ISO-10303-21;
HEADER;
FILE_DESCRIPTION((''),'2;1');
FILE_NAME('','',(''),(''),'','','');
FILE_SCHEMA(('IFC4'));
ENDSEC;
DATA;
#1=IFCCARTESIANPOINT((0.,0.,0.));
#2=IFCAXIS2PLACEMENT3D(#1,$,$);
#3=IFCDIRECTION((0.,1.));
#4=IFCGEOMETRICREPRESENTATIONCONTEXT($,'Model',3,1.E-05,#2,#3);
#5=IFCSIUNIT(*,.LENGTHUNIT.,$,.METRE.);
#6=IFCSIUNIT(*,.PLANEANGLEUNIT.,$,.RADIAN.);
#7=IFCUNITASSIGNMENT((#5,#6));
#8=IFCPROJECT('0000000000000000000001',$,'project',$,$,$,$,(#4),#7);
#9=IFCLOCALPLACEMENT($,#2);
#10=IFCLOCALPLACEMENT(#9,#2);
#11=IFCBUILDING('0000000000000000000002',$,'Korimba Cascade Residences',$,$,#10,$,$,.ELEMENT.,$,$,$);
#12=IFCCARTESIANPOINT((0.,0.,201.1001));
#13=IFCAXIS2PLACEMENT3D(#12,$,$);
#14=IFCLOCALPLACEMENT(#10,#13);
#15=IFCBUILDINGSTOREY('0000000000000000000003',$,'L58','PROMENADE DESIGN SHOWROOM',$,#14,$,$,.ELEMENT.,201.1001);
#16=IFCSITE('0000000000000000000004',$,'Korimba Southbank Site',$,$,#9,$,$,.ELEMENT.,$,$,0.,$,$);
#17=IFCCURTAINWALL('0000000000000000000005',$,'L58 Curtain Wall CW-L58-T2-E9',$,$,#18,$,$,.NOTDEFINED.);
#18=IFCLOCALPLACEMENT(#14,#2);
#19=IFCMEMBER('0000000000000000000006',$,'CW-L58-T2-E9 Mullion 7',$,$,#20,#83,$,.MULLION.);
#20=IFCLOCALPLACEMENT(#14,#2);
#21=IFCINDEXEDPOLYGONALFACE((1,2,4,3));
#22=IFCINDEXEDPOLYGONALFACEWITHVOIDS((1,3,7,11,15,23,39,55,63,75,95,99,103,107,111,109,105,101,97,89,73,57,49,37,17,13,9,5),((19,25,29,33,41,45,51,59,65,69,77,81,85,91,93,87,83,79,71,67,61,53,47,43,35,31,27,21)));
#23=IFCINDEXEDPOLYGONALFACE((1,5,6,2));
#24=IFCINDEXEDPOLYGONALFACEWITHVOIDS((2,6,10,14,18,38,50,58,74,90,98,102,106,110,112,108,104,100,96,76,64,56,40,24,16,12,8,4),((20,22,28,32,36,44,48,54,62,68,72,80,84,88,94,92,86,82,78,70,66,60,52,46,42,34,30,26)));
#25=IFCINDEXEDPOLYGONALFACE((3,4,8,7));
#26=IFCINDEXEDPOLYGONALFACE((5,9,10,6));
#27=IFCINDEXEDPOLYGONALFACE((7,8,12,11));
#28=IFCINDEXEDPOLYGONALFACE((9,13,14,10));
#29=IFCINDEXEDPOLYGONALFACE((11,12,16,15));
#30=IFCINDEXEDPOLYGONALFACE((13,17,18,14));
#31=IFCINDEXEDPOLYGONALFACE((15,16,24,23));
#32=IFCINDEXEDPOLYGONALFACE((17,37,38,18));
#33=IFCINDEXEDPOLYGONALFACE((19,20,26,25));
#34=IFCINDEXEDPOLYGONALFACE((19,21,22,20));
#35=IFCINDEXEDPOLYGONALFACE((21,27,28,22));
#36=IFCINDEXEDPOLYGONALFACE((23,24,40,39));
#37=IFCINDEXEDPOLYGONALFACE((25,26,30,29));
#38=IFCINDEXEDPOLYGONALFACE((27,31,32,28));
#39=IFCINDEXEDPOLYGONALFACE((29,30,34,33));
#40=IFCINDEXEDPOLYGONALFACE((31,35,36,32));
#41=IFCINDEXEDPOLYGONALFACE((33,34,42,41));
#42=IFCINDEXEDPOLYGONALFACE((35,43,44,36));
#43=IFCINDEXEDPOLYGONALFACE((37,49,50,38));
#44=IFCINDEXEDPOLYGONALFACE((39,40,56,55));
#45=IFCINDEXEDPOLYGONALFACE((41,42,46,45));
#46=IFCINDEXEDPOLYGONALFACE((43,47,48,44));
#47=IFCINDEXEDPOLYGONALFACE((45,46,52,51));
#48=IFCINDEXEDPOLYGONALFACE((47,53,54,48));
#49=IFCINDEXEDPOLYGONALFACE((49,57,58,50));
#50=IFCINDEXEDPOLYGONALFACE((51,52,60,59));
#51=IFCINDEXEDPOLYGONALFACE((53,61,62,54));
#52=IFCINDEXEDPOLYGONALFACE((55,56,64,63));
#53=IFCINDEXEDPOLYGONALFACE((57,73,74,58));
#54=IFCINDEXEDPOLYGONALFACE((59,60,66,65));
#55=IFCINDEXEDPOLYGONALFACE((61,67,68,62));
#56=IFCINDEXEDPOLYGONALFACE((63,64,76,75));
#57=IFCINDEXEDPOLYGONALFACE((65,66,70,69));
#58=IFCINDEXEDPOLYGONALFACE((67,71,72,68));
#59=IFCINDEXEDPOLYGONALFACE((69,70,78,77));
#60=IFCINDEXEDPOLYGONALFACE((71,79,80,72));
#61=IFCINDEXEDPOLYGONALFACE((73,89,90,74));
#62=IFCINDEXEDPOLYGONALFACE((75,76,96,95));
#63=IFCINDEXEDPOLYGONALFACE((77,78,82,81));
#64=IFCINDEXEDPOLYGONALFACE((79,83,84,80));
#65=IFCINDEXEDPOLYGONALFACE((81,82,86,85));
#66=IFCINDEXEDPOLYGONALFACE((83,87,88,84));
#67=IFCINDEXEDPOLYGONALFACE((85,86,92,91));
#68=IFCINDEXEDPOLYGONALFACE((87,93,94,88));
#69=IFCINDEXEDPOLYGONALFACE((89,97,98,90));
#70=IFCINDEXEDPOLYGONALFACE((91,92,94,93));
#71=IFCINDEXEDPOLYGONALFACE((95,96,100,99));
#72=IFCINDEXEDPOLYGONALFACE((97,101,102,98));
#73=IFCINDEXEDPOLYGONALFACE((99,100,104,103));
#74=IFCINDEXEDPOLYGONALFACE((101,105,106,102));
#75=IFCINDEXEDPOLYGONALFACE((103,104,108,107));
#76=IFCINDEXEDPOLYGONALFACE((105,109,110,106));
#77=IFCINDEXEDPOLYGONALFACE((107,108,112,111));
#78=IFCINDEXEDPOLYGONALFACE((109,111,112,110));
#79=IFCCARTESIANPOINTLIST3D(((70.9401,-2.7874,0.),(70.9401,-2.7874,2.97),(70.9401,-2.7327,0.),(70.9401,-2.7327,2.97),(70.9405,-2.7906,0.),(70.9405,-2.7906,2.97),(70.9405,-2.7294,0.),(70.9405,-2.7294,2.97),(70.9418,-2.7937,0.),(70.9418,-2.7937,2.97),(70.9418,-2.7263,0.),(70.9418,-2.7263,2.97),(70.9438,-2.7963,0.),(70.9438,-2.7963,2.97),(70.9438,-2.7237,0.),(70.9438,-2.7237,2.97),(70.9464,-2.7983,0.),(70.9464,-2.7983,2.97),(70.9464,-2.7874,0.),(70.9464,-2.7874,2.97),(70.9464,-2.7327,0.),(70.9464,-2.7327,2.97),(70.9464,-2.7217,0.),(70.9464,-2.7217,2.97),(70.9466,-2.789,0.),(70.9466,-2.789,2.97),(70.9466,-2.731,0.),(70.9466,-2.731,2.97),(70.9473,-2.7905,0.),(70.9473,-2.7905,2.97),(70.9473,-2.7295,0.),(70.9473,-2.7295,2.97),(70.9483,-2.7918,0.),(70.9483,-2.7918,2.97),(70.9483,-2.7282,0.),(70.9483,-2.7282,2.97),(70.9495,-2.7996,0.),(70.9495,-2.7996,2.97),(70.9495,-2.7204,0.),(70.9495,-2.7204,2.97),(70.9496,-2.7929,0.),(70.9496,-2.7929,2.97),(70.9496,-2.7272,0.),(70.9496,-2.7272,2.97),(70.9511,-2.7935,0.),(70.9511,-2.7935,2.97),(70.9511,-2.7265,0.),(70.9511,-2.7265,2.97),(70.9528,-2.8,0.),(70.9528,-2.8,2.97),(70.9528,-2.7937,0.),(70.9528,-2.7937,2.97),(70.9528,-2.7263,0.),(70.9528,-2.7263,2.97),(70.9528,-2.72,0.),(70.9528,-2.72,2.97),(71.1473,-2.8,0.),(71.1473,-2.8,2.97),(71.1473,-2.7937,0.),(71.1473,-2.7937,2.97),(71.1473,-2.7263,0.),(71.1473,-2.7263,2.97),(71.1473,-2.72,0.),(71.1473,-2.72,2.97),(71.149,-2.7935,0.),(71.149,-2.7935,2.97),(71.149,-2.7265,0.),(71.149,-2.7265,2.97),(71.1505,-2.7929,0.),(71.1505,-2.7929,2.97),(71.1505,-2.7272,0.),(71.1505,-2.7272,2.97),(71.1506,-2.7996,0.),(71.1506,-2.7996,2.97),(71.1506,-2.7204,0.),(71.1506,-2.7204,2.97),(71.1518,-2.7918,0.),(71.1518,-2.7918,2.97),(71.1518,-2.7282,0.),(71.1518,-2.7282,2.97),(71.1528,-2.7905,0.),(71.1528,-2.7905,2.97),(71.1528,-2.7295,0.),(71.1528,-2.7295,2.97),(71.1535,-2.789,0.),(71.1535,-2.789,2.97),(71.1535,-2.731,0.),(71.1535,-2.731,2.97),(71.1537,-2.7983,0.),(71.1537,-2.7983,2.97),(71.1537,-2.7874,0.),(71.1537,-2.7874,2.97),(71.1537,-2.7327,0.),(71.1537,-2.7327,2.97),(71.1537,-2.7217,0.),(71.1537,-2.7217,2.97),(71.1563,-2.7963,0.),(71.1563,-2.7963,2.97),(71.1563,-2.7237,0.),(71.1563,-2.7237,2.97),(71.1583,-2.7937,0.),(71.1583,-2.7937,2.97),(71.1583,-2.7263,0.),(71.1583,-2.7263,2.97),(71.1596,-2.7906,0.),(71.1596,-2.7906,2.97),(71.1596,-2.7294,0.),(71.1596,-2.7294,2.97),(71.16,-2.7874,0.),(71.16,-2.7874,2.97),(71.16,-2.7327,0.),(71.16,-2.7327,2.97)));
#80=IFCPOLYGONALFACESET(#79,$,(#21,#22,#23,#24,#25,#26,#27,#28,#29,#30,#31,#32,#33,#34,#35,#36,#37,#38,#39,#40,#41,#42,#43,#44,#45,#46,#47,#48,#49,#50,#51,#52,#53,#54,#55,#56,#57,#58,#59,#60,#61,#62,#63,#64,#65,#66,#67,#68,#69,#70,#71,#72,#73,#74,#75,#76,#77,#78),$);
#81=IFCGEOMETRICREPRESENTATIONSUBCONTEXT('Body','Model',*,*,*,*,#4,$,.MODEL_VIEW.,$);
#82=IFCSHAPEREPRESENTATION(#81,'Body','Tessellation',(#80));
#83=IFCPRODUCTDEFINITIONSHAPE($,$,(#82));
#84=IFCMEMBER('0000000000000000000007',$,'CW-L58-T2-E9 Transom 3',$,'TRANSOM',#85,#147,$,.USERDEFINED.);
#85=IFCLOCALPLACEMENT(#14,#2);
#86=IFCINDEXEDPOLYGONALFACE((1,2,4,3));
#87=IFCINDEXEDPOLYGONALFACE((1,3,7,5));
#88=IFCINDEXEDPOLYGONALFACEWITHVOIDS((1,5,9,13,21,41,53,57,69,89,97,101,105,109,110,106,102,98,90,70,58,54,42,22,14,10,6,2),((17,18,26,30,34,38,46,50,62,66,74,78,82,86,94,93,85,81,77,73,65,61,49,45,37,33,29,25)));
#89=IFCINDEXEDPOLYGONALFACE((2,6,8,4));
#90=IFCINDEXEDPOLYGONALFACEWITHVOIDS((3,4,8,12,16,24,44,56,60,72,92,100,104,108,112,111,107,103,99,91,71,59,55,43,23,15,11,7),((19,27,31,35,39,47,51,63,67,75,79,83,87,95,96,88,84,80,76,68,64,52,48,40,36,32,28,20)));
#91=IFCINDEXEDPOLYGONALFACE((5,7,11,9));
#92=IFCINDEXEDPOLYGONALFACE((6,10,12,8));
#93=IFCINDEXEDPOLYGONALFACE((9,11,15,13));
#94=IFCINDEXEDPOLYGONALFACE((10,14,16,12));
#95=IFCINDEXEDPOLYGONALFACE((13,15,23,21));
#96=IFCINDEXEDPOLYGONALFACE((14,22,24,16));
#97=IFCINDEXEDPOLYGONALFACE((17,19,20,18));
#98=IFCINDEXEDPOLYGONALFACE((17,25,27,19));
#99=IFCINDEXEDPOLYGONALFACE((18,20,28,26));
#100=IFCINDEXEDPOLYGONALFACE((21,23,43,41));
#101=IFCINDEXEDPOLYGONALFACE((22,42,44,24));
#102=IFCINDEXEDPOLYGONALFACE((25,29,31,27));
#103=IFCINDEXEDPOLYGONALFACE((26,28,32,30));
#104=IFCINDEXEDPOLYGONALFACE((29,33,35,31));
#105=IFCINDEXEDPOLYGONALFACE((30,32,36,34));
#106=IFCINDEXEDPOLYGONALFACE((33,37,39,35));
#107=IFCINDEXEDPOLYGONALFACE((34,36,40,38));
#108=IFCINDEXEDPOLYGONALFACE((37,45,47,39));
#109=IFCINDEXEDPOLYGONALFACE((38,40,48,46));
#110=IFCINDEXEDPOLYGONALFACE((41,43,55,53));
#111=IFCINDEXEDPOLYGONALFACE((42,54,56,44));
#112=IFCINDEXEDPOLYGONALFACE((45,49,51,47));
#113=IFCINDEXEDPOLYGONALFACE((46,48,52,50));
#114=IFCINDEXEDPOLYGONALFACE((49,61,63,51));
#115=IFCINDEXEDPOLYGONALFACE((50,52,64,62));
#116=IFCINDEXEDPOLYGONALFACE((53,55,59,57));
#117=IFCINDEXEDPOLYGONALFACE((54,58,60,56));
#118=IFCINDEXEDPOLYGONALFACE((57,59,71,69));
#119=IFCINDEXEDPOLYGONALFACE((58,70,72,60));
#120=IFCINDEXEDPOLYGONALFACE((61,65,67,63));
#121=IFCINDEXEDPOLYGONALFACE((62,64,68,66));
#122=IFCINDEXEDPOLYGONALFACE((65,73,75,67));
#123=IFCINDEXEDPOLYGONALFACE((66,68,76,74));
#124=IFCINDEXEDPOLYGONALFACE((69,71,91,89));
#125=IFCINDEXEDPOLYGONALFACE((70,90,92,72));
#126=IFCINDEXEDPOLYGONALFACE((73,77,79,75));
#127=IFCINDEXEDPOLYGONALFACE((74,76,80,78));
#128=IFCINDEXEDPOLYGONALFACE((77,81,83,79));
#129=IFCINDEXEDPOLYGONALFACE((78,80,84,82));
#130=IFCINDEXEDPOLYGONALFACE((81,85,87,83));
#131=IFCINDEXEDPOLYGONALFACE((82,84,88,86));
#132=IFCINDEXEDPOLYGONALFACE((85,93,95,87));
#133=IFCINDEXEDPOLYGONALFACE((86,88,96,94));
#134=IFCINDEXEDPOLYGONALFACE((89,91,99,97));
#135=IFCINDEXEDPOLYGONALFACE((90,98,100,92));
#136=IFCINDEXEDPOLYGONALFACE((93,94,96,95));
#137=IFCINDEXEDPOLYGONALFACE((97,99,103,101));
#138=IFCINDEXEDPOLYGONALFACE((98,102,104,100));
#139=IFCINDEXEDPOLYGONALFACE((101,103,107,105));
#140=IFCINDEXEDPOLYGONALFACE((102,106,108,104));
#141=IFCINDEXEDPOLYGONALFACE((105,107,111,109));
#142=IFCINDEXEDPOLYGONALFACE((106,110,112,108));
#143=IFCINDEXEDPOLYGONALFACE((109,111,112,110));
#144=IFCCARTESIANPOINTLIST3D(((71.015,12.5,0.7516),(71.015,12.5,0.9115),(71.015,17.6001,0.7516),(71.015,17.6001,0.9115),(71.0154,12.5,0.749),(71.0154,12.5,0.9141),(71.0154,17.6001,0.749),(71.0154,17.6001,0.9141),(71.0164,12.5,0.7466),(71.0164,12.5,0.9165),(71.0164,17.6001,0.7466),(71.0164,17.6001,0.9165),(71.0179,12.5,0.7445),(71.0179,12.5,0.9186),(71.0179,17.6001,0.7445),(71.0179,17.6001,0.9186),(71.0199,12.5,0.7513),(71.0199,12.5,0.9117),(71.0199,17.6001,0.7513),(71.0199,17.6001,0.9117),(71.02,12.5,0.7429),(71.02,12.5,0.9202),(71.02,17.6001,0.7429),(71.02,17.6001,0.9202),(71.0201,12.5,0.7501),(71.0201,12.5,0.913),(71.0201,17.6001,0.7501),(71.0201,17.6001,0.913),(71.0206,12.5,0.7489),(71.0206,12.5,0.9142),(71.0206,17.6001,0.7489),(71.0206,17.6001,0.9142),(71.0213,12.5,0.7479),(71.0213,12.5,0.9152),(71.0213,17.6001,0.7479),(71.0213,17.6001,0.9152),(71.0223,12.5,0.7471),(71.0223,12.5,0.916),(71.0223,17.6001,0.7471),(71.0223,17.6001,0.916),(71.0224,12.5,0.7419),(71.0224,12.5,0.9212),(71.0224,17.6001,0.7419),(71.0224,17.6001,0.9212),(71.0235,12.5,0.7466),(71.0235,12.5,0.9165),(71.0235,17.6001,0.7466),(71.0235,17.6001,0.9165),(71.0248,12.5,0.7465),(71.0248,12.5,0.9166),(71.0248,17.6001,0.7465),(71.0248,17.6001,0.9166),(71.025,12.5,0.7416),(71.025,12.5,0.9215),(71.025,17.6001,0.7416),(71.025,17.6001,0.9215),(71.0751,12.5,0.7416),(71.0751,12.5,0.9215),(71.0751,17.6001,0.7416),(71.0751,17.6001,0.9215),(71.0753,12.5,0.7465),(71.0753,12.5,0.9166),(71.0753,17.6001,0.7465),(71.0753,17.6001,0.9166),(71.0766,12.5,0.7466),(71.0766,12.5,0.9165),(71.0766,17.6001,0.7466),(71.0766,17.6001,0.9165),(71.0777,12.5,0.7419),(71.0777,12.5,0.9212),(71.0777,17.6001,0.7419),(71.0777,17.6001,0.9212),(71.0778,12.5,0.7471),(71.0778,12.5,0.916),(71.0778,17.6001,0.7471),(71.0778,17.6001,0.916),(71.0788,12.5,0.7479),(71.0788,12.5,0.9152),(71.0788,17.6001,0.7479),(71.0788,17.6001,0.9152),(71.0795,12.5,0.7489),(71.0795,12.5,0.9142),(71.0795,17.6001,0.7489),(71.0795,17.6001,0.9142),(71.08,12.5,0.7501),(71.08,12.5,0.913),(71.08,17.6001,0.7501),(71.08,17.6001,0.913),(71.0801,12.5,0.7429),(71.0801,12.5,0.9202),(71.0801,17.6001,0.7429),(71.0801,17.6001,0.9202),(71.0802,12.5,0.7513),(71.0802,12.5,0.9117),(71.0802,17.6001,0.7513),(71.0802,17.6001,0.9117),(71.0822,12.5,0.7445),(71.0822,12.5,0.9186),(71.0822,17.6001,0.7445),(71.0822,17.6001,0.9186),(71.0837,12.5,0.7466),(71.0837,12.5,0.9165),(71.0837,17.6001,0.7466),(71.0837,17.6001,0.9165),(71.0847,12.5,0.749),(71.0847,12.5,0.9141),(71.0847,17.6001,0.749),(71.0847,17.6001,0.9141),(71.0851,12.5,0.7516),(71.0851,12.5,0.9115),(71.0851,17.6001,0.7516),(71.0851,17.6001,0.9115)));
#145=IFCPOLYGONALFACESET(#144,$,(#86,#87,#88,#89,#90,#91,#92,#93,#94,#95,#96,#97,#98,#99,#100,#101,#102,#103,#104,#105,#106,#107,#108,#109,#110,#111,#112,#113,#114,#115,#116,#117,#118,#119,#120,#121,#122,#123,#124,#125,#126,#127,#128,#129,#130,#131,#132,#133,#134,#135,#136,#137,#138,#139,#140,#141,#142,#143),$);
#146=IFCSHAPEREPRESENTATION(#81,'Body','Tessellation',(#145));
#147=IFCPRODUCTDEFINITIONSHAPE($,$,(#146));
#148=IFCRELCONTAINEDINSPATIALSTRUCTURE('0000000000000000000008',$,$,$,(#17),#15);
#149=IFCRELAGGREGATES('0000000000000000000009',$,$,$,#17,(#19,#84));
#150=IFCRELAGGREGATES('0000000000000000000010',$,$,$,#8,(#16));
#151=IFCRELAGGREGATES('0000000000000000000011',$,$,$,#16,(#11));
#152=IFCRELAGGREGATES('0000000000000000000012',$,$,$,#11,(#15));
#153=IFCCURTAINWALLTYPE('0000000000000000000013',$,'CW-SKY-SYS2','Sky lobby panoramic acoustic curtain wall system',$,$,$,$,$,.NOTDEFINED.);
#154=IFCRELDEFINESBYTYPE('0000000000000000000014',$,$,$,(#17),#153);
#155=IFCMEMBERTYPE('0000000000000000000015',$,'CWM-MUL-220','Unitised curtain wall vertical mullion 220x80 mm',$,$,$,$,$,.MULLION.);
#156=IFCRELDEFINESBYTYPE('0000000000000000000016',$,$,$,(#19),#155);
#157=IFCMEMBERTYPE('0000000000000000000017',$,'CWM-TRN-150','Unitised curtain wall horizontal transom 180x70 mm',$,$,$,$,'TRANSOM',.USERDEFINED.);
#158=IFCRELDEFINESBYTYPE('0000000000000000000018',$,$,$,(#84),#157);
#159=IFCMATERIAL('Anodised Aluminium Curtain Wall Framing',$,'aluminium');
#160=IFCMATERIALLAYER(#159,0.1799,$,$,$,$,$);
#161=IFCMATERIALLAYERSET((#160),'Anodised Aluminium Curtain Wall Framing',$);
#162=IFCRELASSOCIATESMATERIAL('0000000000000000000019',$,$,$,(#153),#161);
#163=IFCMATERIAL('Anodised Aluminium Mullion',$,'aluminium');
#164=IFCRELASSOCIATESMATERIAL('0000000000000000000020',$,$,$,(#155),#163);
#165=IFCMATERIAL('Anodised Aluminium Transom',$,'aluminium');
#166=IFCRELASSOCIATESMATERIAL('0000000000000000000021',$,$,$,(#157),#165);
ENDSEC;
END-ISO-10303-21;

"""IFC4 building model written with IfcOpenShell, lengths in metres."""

from ifc_helpers import new_model, si_unit, direction, frame, origin, origin_2d, place, context, subcontext, project, spatial, hollow_rectangle, extrude, material, layer, layer_set, material_profile, profile_set, type_object, element, aggregate, save


model = new_model("IFC4")

# Units and contexts
model_context = context("Model", 3, precision=1e-05, world=origin(), true_north=direction((0.0, 1.0)))
body_context = subcontext(model_context, "Body", "Model", "MODEL_VIEW")
ifc_project = project(units=[si_unit("LENGTHUNIT", "METRE"), si_unit("PLANEANGLEUNIT", "RADIAN")], contexts=[model_context])

# Site, building, storey
site_placement = place(None, origin())
site = spatial("IfcSite", under=ifc_project, at=site_placement, Name="Korimba Southbank Site", CompositionType="ELEMENT", RefElevation=0.0)
building_placement = place(site_placement, origin())
building = spatial("IfcBuilding", under=site, at=building_placement, Name="Korimba Cascade Residences", CompositionType="ELEMENT")
storey_placement = place(building_placement, frame((0.0, 0.0, 201.1001)))
storey = spatial("IfcBuildingStorey", under=building, at=storey_placement, Name="L58", Description="PROMENADE DESIGN SHOWROOM", CompositionType="ELEMENT", Elevation=201.1001)

# Curtain wall, members
ifc_material_1 = material(Name="Anodised Aluminium Curtain Wall Framing", Category="aluminium")
ifc_layer_1 = layer(ifc_material_1, 0.1799)
ifc_layer_set_1 = layer_set([ifc_layer_1], Name="Anodised Aluminium Curtain Wall Framing")
curtain_wall_type = type_object("IfcCurtainWallType", Name="CW-SKY-SYS2", Description="Sky lobby panoramic acoustic curtain wall system", PredefinedType="NOTDEFINED", material=ifc_layer_set_1)
curtain_wall_placement = place(storey_placement, origin())
curtain_wall = element("IfcCurtainWall", 1, at=curtain_wall_placement, inside=storey, type_object=curtain_wall_type, Name="L58 Curtain Wall CW-L58-T2-E9", PredefinedType="NOTDEFINED")
ifc_material_2 = material(Name="Anodised Aluminium Mullion", Category="aluminium")
ifc_material_profile_1 = material_profile(ifc_material_2, hollow_rectangle(XDim=0.0801, YDim=0.22, WallThickness=0.0063, InnerFilletRadius=0.0063, OuterFilletRadius=0.0127, at=origin_2d()), Name="Anodised Aluminium Mullion")
ifc_profile_set_1 = profile_set([ifc_material_profile_1], Name="Anodised Aluminium Mullion")
member_type_1 = type_object("IfcMemberType", Name="CWM-MUL-220", Description="Unitised curtain wall vertical mullion 220x80 mm", PredefinedType="MULLION", material=ifc_profile_set_1)
member_1_placement = place(storey_placement, frame((71.05, -2.76, 0.0), z_axis=(0.0, 0.0, 1.0), x_axis=(0.0, -1.0, 0.0)))
member_1 = element("IfcMember", 2, at=member_1_placement, type_object=member_type_1, Name="CW-L58-T2-E9 Mullion 7", PredefinedType="MULLION", context=body_context, shape_type="SweptSolid", body=[
    extrude(hollow_rectangle(XDim=0.0801, YDim=0.22, WallThickness=0.0063, InnerFilletRadius=0.0063, OuterFilletRadius=0.0127, at=origin_2d()), origin(), (0.0, 0.0, 1.0), 2.97),
])
ifc_material_3 = material(Name="Anodised Aluminium Transom", Category="aluminium")
ifc_material_profile_2 = material_profile(ifc_material_3, hollow_rectangle(XDim=0.0701, YDim=0.1799, WallThickness=0.0049, InnerFilletRadius=0.0049, OuterFilletRadius=0.01, at=origin_2d()), Name="Anodised Aluminium Transom")
ifc_profile_set_2 = profile_set([ifc_material_profile_2], Name="Anodised Aluminium Transom")
member_type_2 = type_object("IfcMemberType", Name="CWM-TRN-150", Description="Unitised curtain wall horizontal transom 180x70 mm", ElementType="TRANSOM", PredefinedType="USERDEFINED", material=ifc_profile_set_2)
member_2_placement = place(storey_placement, frame((71.05, 17.6001, 0.8315), z_axis=(0.0, -1.0, 0.0), x_axis=(1.0, 0.0, 0.0)))
member_2 = element("IfcMember", 3, at=member_2_placement, type_object=member_type_2, Name="CW-L58-T2-E9 Transom 3", ObjectType="TRANSOM", PredefinedType="USERDEFINED", context=body_context, shape_type="SweptSolid", body=[
    extrude(hollow_rectangle(XDim=0.0701, YDim=0.1799, WallThickness=0.0049, InnerFilletRadius=0.0049, OuterFilletRadius=0.01, at=origin_2d()), origin(), (0.0, 0.0, 1.0), 5.1001),
])
aggregate(curtain_wall, [member_1, member_2])

save(model, "model.ifc")
